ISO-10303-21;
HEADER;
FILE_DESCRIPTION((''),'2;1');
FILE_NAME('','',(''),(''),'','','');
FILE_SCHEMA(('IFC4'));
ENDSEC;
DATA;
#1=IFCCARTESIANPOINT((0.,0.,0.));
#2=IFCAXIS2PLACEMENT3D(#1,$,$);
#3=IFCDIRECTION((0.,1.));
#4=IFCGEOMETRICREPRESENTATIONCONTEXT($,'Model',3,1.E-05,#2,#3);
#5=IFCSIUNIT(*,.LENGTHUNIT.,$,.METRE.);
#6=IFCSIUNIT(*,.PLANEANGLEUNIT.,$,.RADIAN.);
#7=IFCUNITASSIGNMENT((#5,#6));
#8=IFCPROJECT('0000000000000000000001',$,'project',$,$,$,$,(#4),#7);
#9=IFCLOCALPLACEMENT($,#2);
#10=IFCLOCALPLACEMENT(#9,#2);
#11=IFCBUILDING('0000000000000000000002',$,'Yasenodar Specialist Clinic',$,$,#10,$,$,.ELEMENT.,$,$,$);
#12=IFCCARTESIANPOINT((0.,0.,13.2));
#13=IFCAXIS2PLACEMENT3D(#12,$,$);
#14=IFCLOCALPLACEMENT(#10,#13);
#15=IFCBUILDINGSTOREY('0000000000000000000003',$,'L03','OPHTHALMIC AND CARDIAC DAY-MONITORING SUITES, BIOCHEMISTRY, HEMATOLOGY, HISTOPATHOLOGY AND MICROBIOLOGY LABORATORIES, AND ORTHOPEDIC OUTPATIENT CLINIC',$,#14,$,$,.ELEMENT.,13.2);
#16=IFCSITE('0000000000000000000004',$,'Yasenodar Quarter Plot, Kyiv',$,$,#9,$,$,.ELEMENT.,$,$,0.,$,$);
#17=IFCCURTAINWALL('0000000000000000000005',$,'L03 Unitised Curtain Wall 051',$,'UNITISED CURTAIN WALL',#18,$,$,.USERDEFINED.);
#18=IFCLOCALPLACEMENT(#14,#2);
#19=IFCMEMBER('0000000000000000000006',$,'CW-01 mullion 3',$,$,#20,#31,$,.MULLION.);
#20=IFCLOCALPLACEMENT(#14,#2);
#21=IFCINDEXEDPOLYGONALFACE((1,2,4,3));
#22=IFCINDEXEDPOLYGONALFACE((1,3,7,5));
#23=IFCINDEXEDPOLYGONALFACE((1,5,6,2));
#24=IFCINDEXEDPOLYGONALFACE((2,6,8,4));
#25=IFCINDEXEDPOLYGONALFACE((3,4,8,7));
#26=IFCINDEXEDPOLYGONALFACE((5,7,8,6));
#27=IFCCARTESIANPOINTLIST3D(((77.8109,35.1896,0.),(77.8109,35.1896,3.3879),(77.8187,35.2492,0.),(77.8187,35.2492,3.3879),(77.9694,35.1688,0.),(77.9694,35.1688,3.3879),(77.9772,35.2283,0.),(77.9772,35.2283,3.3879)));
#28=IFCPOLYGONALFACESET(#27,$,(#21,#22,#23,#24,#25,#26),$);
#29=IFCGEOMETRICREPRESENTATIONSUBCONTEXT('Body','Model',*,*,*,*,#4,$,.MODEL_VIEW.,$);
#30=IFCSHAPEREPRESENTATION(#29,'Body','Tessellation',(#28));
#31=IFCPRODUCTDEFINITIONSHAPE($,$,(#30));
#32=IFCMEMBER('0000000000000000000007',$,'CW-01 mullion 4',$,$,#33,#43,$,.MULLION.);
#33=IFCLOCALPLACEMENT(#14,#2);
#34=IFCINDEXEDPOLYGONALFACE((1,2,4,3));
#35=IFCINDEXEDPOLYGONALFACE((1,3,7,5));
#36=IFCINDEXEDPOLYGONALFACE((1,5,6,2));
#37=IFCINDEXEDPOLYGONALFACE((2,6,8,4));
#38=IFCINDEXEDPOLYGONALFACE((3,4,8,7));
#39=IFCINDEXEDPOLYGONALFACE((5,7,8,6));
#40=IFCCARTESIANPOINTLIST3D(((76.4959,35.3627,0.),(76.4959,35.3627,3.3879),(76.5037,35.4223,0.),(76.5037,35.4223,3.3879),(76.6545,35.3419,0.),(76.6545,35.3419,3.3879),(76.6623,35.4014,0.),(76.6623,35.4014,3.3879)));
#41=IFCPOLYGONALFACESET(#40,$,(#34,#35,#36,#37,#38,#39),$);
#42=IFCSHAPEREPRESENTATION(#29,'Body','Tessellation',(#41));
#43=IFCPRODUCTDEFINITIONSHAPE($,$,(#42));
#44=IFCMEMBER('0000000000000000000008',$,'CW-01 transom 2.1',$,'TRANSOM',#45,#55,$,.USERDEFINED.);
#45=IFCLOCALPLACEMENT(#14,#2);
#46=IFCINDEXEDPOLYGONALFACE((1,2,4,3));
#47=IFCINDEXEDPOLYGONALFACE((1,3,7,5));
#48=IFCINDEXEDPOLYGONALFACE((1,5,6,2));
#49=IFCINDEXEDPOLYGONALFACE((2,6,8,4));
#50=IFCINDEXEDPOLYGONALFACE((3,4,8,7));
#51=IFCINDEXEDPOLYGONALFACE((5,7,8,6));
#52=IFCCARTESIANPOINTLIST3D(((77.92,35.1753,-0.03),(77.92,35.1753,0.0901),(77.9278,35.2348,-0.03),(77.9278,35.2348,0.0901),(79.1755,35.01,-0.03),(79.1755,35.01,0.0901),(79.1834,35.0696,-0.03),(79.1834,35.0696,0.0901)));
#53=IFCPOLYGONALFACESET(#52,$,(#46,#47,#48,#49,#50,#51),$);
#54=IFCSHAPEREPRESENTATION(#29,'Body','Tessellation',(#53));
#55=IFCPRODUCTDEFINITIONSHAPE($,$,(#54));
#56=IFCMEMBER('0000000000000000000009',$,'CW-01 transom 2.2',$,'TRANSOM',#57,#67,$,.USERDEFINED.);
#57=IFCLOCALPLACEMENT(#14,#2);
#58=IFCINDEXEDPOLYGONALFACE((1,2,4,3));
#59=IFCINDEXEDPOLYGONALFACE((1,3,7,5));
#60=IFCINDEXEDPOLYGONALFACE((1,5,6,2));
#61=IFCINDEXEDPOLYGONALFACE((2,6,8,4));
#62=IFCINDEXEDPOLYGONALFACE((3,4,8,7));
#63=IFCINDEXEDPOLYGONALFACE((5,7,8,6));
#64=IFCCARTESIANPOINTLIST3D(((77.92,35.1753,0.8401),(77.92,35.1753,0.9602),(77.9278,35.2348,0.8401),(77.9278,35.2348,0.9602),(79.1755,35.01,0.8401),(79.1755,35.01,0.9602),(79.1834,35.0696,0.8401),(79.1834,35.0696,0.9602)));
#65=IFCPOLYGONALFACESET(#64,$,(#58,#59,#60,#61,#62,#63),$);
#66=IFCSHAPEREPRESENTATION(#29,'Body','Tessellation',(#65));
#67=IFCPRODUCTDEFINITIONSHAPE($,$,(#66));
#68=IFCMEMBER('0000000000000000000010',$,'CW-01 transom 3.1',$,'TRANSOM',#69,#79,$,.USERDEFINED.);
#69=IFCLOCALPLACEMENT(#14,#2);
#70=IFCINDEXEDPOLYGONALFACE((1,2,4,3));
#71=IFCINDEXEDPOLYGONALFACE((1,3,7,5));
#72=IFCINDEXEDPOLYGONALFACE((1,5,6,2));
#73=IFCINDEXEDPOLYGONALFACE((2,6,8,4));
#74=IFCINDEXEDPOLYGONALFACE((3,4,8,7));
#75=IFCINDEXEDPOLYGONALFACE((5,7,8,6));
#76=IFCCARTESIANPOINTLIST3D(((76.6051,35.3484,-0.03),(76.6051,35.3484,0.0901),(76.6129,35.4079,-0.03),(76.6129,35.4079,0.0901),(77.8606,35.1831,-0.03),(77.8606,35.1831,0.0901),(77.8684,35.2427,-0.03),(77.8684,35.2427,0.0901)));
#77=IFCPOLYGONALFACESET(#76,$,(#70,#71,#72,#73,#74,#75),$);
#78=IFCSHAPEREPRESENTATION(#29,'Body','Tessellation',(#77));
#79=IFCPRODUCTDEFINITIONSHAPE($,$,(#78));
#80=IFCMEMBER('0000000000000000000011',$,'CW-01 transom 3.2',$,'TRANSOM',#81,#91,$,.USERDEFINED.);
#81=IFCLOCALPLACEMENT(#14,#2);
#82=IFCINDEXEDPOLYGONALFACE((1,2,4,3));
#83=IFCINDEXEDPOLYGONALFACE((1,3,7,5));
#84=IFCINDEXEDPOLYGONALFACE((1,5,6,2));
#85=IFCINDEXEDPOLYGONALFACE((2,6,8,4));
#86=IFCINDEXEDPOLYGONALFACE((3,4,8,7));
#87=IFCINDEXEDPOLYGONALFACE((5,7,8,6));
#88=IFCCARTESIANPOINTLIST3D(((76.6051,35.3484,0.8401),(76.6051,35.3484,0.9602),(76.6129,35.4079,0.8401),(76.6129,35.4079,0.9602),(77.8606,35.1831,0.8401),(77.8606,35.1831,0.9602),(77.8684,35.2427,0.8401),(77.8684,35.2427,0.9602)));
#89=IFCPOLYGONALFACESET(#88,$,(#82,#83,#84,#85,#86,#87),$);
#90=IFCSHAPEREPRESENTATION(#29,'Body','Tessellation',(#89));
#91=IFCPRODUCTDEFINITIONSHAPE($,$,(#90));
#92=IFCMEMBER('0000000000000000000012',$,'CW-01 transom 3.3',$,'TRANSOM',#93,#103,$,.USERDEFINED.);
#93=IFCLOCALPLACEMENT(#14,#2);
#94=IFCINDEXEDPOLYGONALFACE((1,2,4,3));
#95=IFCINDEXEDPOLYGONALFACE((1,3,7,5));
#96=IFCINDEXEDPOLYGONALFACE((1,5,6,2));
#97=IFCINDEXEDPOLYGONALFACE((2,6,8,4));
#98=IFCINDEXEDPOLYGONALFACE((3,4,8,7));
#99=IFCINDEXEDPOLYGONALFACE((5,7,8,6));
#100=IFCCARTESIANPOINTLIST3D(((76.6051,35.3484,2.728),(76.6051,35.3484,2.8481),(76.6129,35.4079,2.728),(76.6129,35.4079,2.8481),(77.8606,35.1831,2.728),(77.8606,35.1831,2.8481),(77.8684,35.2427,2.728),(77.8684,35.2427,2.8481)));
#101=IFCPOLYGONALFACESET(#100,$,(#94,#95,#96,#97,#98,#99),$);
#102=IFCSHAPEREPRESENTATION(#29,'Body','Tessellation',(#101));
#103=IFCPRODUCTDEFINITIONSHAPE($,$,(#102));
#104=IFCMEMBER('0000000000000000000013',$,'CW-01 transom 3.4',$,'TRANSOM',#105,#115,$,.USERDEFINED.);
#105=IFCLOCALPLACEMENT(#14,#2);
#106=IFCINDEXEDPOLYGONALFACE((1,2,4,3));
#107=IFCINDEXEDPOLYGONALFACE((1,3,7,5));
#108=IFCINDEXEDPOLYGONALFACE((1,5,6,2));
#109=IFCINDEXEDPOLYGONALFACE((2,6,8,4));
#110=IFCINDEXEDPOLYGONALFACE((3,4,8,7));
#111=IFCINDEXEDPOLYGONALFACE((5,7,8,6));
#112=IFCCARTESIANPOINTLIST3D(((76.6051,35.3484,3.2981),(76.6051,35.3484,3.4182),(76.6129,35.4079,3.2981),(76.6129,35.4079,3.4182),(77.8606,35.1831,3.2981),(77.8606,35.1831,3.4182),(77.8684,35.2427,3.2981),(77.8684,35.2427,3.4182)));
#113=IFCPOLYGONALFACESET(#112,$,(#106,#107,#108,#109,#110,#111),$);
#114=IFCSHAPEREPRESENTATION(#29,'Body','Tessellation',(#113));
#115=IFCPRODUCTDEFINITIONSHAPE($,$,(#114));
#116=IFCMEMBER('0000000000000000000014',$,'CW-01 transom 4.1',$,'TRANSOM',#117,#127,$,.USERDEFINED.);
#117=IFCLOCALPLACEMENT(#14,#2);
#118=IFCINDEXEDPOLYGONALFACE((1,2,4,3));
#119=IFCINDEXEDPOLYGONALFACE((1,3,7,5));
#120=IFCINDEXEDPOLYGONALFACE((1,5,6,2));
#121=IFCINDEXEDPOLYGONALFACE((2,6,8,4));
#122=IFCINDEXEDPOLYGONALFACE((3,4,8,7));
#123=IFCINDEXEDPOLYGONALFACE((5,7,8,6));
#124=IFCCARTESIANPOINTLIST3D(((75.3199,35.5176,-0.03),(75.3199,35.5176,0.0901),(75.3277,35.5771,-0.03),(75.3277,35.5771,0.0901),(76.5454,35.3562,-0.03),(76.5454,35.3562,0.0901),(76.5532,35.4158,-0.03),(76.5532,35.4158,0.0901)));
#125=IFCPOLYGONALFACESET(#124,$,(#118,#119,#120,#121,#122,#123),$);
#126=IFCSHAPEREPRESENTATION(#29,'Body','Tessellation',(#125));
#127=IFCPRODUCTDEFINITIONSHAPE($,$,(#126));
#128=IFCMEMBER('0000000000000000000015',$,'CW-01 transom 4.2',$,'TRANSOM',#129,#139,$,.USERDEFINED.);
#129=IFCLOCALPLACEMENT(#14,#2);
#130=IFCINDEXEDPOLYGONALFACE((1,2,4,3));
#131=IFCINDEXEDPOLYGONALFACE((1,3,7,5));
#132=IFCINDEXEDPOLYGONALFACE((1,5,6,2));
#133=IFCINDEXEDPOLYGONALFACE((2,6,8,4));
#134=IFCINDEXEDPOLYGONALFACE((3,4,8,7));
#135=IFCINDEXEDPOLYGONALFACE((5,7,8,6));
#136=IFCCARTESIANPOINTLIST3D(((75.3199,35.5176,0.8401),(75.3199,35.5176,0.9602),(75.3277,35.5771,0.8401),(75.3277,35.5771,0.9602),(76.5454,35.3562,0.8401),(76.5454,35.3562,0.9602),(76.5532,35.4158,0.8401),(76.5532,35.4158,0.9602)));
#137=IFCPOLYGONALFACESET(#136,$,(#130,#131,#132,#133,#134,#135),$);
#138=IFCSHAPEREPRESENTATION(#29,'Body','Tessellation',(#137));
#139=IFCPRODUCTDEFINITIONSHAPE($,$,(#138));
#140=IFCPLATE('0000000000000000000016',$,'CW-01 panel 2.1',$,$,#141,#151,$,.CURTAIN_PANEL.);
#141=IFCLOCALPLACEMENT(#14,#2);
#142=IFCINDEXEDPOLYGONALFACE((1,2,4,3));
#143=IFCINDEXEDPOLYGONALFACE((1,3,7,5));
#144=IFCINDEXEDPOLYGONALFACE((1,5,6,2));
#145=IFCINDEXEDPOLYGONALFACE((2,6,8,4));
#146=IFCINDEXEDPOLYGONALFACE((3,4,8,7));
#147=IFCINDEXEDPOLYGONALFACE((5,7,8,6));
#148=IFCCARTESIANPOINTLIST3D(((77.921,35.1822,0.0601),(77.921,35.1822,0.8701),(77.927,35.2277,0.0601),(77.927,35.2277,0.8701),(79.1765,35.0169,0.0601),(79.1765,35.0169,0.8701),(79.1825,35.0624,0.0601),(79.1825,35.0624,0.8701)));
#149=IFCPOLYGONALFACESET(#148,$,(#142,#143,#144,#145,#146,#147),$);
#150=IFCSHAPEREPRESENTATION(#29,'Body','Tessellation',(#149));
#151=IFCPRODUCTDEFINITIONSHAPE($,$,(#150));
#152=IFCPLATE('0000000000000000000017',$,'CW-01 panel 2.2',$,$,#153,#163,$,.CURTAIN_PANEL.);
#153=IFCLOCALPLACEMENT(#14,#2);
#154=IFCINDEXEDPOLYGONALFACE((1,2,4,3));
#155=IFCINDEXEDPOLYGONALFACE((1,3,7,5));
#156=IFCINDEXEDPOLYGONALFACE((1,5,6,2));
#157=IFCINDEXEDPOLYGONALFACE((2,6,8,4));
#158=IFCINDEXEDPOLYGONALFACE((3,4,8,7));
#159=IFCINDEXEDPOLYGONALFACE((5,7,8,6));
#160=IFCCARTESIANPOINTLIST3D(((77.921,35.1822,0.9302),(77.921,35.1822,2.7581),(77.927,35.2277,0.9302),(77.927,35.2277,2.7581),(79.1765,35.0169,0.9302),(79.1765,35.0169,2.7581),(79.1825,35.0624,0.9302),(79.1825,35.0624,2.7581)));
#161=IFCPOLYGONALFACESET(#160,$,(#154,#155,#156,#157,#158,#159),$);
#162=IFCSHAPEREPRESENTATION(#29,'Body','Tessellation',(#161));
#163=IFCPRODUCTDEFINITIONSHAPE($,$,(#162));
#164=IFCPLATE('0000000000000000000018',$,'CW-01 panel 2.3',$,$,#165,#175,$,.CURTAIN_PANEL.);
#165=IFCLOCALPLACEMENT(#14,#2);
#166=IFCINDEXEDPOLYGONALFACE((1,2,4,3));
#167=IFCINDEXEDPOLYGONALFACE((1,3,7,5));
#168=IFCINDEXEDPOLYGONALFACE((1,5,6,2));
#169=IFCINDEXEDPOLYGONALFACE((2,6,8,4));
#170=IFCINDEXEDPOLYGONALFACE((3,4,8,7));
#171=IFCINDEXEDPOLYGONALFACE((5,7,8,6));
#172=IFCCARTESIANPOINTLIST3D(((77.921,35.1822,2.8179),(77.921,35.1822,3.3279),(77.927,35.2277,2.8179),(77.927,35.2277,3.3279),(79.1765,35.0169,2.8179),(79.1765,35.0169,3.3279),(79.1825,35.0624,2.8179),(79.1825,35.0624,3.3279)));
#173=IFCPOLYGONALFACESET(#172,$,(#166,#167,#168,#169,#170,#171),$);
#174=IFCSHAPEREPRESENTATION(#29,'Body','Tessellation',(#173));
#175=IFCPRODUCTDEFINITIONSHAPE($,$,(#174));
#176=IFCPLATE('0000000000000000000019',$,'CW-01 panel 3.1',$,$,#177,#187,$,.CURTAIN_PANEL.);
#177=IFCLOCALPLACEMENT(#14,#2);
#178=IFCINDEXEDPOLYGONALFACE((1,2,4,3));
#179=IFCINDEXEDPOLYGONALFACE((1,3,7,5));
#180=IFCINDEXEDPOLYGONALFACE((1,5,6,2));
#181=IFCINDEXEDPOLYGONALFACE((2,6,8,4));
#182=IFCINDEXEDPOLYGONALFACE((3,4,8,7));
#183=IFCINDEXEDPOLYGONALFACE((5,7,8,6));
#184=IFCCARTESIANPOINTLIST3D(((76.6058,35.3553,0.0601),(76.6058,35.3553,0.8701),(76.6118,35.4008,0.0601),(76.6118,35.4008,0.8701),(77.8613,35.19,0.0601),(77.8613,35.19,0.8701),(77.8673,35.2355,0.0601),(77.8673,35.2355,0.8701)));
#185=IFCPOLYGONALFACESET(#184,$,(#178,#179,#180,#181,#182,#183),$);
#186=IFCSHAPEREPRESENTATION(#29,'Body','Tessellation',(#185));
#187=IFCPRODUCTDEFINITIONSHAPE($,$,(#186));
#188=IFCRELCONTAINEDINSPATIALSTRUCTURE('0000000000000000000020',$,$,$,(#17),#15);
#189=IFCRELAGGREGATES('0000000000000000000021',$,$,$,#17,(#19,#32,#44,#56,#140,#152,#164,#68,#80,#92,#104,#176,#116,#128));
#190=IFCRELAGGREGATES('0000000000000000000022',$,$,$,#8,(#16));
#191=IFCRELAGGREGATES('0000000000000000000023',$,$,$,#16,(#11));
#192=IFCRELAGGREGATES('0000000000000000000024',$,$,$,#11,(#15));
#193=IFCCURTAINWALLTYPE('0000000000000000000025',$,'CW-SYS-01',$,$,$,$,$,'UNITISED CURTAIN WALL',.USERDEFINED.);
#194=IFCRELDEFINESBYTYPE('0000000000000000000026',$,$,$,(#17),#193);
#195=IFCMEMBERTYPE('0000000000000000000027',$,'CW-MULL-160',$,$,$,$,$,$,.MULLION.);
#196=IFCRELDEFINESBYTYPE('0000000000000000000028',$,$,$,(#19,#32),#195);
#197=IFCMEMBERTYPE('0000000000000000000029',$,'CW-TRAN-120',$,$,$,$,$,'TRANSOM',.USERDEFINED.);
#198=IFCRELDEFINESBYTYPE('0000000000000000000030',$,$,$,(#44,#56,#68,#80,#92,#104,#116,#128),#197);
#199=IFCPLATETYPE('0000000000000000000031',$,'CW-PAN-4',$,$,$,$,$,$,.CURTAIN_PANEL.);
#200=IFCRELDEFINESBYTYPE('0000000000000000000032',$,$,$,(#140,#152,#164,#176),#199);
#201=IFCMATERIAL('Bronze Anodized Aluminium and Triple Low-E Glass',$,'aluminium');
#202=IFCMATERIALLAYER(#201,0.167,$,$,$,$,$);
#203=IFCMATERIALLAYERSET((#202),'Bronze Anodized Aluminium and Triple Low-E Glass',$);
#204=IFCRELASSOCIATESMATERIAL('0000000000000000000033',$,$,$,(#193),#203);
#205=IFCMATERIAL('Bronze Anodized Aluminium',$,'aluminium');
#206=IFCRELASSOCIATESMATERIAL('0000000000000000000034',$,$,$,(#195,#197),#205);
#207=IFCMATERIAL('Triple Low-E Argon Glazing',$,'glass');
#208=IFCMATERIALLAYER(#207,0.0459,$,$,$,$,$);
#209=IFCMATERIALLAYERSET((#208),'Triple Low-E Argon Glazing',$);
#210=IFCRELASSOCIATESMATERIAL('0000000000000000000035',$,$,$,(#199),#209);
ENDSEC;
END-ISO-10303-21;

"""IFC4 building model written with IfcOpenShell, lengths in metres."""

from ifc_helpers import new_model, si_unit, direction, frame, origin, origin_2d, place, context, subcontext, project, spatial, rectangle, extrude, material, layer, layer_set, material_profile, profile_set, type_object, element, aggregate, save


model = new_model("IFC4")

# Units and contexts
model_context = context("Model", 3, precision=1e-05, world=origin(), true_north=direction((0.0, 1.0)))
body_context = subcontext(model_context, "Body", "Model", "MODEL_VIEW")
ifc_project = project(units=[si_unit("LENGTHUNIT", "METRE"), si_unit("PLANEANGLEUNIT", "RADIAN")], contexts=[model_context])

# Site, building, storey
site_placement = place(None, origin())
site = spatial("IfcSite", under=ifc_project, at=site_placement, Name="Yasenodar Quarter Plot, Kyiv", CompositionType="ELEMENT", RefElevation=0.0)
building_placement = place(site_placement, origin())
building = spatial("IfcBuilding", under=site, at=building_placement, Name="Yasenodar Specialist Clinic", CompositionType="ELEMENT")
storey_placement = place(building_placement, frame((0.0, 0.0, 13.2)))
storey = spatial("IfcBuildingStorey", under=building, at=storey_placement, Name="L03", Description="OPHTHALMIC AND CARDIAC DAY-MONITORING SUITES, BIOCHEMISTRY, HEMATOLOGY, HISTOPATHOLOGY AND MICROBIOLOGY LABORATORIES, AND ORTHOPEDIC OUTPATIENT CLINIC", CompositionType="ELEMENT", Elevation=13.2)

# Curtain wall, members, plates
ifc_material_1 = material(Name="Bronze Anodized Aluminium and Triple Low-E Glass", Category="aluminium")
ifc_layer_1 = layer(ifc_material_1, 0.167)
ifc_layer_set_1 = layer_set([ifc_layer_1], Name="Bronze Anodized Aluminium and Triple Low-E Glass")
curtain_wall_type = type_object("IfcCurtainWallType", Name="CW-SYS-01", ElementType="UNITISED CURTAIN WALL", PredefinedType="USERDEFINED", material=ifc_layer_set_1)
curtain_wall_placement = place(storey_placement, origin())
curtain_wall = element("IfcCurtainWall", 1, at=curtain_wall_placement, inside=storey, type_object=curtain_wall_type, Name="L03 Unitised Curtain Wall 051", ObjectType="UNITISED CURTAIN WALL", PredefinedType="USERDEFINED")
ifc_material_2 = material(Name="Bronze Anodized Aluminium", Category="aluminium")
ifc_material_profile_1 = material_profile(ifc_material_2, rectangle(XDim=0.0601, YDim=0.1599, at=origin_2d()), Name="CW-MULL 60x160")
ifc_profile_set_1 = profile_set([ifc_material_profile_1], Name="Bronze Anodized Aluminium")
member_type_1 = type_object("IfcMemberType", Name="CW-MULL-160", PredefinedType="MULLION", material=ifc_profile_set_1)
member_1_placement = place(storey_placement, frame((77.894, 35.209, 0.0), z_axis=(0.0, 0.0, 1.0), x_axis=(-0.130512, -0.991447, 0.0)))
member_1 = element("IfcMember", 2, at=member_1_placement, type_object=member_type_1, Name="CW-01 mullion 3", PredefinedType="MULLION", context=body_context, shape_type="SweptSolid", body=[
    extrude(rectangle(XDim=0.0601, YDim=0.1599, at=origin_2d()), origin(), (0.0, 0.0, 1.0), 3.3879),
])
member_2_placement = place(storey_placement, frame((76.5791, 35.3821, 0.0), z_axis=(0.0, 0.0, 1.0), x_axis=(-0.130512, -0.991447, 0.0)))
member_2 = element("IfcMember", 3, at=member_2_placement, type_object=member_type_1, Name="CW-01 mullion 4", PredefinedType="MULLION", context=body_context, shape_type="SweptSolid", body=[
    extrude(rectangle(XDim=0.0601, YDim=0.1599, at=origin_2d()), origin(), (0.0, 0.0, 1.0), 3.3879),
])
ifc_material_profile_2 = material_profile(ifc_material_2, rectangle(XDim=0.0601, YDim=0.1201, at=origin_2d()), Name="CW-TRAN 60x120")
ifc_profile_set_2 = profile_set([ifc_material_profile_2], Name="Bronze Anodized Aluminium")
member_type_2 = type_object("IfcMemberType", Name="CW-TRAN-120", ElementType="TRANSOM", PredefinedType="USERDEFINED", material=ifc_profile_set_2)
member_3_placement = place(storey_placement, frame((79.1794, 35.0398, 0.03), z_axis=(-0.991447, 0.130509, 0.0), x_axis=(-0.130509, -0.991447, 0.0)))
member_3 = element("IfcMember", 4, at=member_3_placement, type_object=member_type_2, Name="CW-01 transom 2.1", ObjectType="TRANSOM", PredefinedType="USERDEFINED", context=body_context, shape_type="SweptSolid", body=[
    extrude(rectangle(XDim=0.0601, YDim=0.1201, at=origin_2d()), origin(), (0.0, 0.0, 1.0), 1.2664),
])
member_4_placement = place(storey_placement, frame((79.1794, 35.0398, 0.9001), z_axis=(-0.991447, 0.130509, 0.0), x_axis=(-0.130509, -0.991447, 0.0)))
member_4 = element("IfcMember", 5, at=member_4_placement, type_object=member_type_2, Name="CW-01 transom 2.2", ObjectType="TRANSOM", PredefinedType="USERDEFINED", context=body_context, shape_type="SweptSolid", body=[
    extrude(rectangle(XDim=0.0601, YDim=0.1201, at=origin_2d()), origin(), (0.0, 0.0, 1.0), 1.2664),
])
member_5_placement = place(storey_placement, frame((77.8645, 35.2129, 0.03), z_axis=(-0.991447, 0.130509, 0.0), x_axis=(-0.130509, -0.991447, 0.0)))
member_5 = element("IfcMember", 6, at=member_5_placement, type_object=member_type_2, Name="CW-01 transom 3.1", ObjectType="TRANSOM", PredefinedType="USERDEFINED", context=body_context, shape_type="SweptSolid", body=[
    extrude(rectangle(XDim=0.0601, YDim=0.1201, at=origin_2d()), origin(), (0.0, 0.0, 1.0), 1.2664),
])
member_6_placement = place(storey_placement, frame((77.8645, 35.2129, 0.9001), z_axis=(-0.991447, 0.130509, 0.0), x_axis=(-0.130509, -0.991447, 0.0)))
member_6 = element("IfcMember", 7, at=member_6_placement, type_object=member_type_2, Name="CW-01 transom 3.2", ObjectType="TRANSOM", PredefinedType="USERDEFINED", context=body_context, shape_type="SweptSolid", body=[
    extrude(rectangle(XDim=0.0601, YDim=0.1201, at=origin_2d()), origin(), (0.0, 0.0, 1.0), 1.2664),
])
member_7_placement = place(storey_placement, frame((77.8645, 35.2129, 2.7881), z_axis=(-0.991447, 0.130509, 0.0), x_axis=(-0.130509, -0.991447, 0.0)))
member_7 = element("IfcMember", 8, at=member_7_placement, type_object=member_type_2, Name="CW-01 transom 3.3", ObjectType="TRANSOM", PredefinedType="USERDEFINED", context=body_context, shape_type="SweptSolid", body=[
    extrude(rectangle(XDim=0.0601, YDim=0.1201, at=origin_2d()), origin(), (0.0, 0.0, 1.0), 1.2664),
])
member_8_placement = place(storey_placement, frame((77.8645, 35.2129, 3.3582), z_axis=(-0.991447, 0.130509, 0.0), x_axis=(-0.130509, -0.991447, 0.0)))
member_8 = element("IfcMember", 9, at=member_8_placement, type_object=member_type_2, Name="CW-01 transom 3.4", ObjectType="TRANSOM", PredefinedType="USERDEFINED", context=body_context, shape_type="SweptSolid", body=[
    extrude(rectangle(XDim=0.0601, YDim=0.1201, at=origin_2d()), origin(), (0.0, 0.0, 1.0), 1.2664),
])
member_9_placement = place(storey_placement, frame((76.5493, 35.386, 0.03), z_axis=(-0.991442, 0.130546, 0.0), x_axis=(-0.130546, -0.991442, 0.0)))
member_9 = element("IfcMember", 10, at=member_9_placement, type_object=member_type_2, Name="CW-01 transom 4.1", ObjectType="TRANSOM", PredefinedType="USERDEFINED", context=body_context, shape_type="SweptSolid", body=[
    extrude(rectangle(XDim=0.0601, YDim=0.1201, at=origin_2d()), origin(), (0.0, 0.0, 1.0), 1.2361),
])
member_10_placement = place(storey_placement, frame((76.5493, 35.386, 0.9001), z_axis=(-0.991442, 0.130546, 0.0), x_axis=(-0.130546, -0.991442, 0.0)))
member_10 = element("IfcMember", 11, at=member_10_placement, type_object=member_type_2, Name="CW-01 transom 4.2", ObjectType="TRANSOM", PredefinedType="USERDEFINED", context=body_context, shape_type="SweptSolid", body=[
    extrude(rectangle(XDim=0.0601, YDim=0.1201, at=origin_2d()), origin(), (0.0, 0.0, 1.0), 1.2361),
])
ifc_material_3 = material(Name="Triple Low-E Argon Glazing", Category="glass")
ifc_layer_2 = layer(ifc_material_3, 0.0459)
ifc_layer_set_2 = layer_set([ifc_layer_2], Name="Triple Low-E Argon Glazing")
plate_type_1 = type_object("IfcPlateType", Name="CW-PAN-4", PredefinedType="CURTAIN_PANEL", material=ifc_layer_set_2)
plate_1_placement = place(storey_placement, frame((78.5518, 35.1223, 0.0601), z_axis=(0.0, 0.0, 1.0), x_axis=(-0.991447, 0.130512, 0.0)))
plate_1 = element("IfcPlate", 12, at=plate_1_placement, type_object=plate_type_1, Name="CW-01 panel 2.1", PredefinedType="CURTAIN_PANEL", context=body_context, shape_type="SweptSolid", body=[
    extrude(rectangle(XDim=1.2664, YDim=0.0459, at=origin_2d()), origin(), (0.0, 0.0, 1.0), 0.8101),
])
plate_2_placement = place(storey_placement, frame((78.5518, 35.1223, 0.9302), z_axis=(0.0, 0.0, 1.0), x_axis=(-0.991447, 0.130512, 0.0)))
plate_2 = element("IfcPlate", 13, at=plate_2_placement, type_object=plate_type_1, Name="CW-01 panel 2.2", PredefinedType="CURTAIN_PANEL", context=body_context, shape_type="SweptSolid", body=[
    extrude(rectangle(XDim=1.2664, YDim=0.0459, at=origin_2d()), origin(), (0.0, 0.0, 1.0), 1.8279),
])
plate_3_placement = place(storey_placement, frame((78.5518, 35.1223, 2.8179), z_axis=(0.0, 0.0, 1.0), x_axis=(-0.991447, 0.130512, 0.0)))
plate_3 = element("IfcPlate", 14, at=plate_3_placement, type_object=plate_type_1, Name="CW-01 panel 2.3", PredefinedType="CURTAIN_PANEL", context=body_context, shape_type="SweptSolid", body=[
    extrude(rectangle(XDim=1.2664, YDim=0.0459, at=origin_2d()), origin(), (0.0, 0.0, 1.0), 0.51),
])
plate_4_placement = place(storey_placement, frame((77.2366, 35.2954, 0.0601), z_axis=(0.0, 0.0, 1.0), x_axis=(-0.991447, 0.130512, 0.0)))
plate_4 = element("IfcPlate", 15, at=plate_4_placement, type_object=plate_type_1, Name="CW-01 panel 3.1", PredefinedType="CURTAIN_PANEL", context=body_context, shape_type="SweptSolid", body=[
    extrude(rectangle(XDim=1.2664, YDim=0.0459, at=origin_2d()), origin(), (0.0, 0.0, 1.0), 0.8101),
])
aggregate(curtain_wall, [member_1, member_2, member_3, member_4, plate_1, plate_2, plate_3, member_5, member_6, member_7, member_8, plate_4, member_9, member_10])

save(model, "model.ifc")
